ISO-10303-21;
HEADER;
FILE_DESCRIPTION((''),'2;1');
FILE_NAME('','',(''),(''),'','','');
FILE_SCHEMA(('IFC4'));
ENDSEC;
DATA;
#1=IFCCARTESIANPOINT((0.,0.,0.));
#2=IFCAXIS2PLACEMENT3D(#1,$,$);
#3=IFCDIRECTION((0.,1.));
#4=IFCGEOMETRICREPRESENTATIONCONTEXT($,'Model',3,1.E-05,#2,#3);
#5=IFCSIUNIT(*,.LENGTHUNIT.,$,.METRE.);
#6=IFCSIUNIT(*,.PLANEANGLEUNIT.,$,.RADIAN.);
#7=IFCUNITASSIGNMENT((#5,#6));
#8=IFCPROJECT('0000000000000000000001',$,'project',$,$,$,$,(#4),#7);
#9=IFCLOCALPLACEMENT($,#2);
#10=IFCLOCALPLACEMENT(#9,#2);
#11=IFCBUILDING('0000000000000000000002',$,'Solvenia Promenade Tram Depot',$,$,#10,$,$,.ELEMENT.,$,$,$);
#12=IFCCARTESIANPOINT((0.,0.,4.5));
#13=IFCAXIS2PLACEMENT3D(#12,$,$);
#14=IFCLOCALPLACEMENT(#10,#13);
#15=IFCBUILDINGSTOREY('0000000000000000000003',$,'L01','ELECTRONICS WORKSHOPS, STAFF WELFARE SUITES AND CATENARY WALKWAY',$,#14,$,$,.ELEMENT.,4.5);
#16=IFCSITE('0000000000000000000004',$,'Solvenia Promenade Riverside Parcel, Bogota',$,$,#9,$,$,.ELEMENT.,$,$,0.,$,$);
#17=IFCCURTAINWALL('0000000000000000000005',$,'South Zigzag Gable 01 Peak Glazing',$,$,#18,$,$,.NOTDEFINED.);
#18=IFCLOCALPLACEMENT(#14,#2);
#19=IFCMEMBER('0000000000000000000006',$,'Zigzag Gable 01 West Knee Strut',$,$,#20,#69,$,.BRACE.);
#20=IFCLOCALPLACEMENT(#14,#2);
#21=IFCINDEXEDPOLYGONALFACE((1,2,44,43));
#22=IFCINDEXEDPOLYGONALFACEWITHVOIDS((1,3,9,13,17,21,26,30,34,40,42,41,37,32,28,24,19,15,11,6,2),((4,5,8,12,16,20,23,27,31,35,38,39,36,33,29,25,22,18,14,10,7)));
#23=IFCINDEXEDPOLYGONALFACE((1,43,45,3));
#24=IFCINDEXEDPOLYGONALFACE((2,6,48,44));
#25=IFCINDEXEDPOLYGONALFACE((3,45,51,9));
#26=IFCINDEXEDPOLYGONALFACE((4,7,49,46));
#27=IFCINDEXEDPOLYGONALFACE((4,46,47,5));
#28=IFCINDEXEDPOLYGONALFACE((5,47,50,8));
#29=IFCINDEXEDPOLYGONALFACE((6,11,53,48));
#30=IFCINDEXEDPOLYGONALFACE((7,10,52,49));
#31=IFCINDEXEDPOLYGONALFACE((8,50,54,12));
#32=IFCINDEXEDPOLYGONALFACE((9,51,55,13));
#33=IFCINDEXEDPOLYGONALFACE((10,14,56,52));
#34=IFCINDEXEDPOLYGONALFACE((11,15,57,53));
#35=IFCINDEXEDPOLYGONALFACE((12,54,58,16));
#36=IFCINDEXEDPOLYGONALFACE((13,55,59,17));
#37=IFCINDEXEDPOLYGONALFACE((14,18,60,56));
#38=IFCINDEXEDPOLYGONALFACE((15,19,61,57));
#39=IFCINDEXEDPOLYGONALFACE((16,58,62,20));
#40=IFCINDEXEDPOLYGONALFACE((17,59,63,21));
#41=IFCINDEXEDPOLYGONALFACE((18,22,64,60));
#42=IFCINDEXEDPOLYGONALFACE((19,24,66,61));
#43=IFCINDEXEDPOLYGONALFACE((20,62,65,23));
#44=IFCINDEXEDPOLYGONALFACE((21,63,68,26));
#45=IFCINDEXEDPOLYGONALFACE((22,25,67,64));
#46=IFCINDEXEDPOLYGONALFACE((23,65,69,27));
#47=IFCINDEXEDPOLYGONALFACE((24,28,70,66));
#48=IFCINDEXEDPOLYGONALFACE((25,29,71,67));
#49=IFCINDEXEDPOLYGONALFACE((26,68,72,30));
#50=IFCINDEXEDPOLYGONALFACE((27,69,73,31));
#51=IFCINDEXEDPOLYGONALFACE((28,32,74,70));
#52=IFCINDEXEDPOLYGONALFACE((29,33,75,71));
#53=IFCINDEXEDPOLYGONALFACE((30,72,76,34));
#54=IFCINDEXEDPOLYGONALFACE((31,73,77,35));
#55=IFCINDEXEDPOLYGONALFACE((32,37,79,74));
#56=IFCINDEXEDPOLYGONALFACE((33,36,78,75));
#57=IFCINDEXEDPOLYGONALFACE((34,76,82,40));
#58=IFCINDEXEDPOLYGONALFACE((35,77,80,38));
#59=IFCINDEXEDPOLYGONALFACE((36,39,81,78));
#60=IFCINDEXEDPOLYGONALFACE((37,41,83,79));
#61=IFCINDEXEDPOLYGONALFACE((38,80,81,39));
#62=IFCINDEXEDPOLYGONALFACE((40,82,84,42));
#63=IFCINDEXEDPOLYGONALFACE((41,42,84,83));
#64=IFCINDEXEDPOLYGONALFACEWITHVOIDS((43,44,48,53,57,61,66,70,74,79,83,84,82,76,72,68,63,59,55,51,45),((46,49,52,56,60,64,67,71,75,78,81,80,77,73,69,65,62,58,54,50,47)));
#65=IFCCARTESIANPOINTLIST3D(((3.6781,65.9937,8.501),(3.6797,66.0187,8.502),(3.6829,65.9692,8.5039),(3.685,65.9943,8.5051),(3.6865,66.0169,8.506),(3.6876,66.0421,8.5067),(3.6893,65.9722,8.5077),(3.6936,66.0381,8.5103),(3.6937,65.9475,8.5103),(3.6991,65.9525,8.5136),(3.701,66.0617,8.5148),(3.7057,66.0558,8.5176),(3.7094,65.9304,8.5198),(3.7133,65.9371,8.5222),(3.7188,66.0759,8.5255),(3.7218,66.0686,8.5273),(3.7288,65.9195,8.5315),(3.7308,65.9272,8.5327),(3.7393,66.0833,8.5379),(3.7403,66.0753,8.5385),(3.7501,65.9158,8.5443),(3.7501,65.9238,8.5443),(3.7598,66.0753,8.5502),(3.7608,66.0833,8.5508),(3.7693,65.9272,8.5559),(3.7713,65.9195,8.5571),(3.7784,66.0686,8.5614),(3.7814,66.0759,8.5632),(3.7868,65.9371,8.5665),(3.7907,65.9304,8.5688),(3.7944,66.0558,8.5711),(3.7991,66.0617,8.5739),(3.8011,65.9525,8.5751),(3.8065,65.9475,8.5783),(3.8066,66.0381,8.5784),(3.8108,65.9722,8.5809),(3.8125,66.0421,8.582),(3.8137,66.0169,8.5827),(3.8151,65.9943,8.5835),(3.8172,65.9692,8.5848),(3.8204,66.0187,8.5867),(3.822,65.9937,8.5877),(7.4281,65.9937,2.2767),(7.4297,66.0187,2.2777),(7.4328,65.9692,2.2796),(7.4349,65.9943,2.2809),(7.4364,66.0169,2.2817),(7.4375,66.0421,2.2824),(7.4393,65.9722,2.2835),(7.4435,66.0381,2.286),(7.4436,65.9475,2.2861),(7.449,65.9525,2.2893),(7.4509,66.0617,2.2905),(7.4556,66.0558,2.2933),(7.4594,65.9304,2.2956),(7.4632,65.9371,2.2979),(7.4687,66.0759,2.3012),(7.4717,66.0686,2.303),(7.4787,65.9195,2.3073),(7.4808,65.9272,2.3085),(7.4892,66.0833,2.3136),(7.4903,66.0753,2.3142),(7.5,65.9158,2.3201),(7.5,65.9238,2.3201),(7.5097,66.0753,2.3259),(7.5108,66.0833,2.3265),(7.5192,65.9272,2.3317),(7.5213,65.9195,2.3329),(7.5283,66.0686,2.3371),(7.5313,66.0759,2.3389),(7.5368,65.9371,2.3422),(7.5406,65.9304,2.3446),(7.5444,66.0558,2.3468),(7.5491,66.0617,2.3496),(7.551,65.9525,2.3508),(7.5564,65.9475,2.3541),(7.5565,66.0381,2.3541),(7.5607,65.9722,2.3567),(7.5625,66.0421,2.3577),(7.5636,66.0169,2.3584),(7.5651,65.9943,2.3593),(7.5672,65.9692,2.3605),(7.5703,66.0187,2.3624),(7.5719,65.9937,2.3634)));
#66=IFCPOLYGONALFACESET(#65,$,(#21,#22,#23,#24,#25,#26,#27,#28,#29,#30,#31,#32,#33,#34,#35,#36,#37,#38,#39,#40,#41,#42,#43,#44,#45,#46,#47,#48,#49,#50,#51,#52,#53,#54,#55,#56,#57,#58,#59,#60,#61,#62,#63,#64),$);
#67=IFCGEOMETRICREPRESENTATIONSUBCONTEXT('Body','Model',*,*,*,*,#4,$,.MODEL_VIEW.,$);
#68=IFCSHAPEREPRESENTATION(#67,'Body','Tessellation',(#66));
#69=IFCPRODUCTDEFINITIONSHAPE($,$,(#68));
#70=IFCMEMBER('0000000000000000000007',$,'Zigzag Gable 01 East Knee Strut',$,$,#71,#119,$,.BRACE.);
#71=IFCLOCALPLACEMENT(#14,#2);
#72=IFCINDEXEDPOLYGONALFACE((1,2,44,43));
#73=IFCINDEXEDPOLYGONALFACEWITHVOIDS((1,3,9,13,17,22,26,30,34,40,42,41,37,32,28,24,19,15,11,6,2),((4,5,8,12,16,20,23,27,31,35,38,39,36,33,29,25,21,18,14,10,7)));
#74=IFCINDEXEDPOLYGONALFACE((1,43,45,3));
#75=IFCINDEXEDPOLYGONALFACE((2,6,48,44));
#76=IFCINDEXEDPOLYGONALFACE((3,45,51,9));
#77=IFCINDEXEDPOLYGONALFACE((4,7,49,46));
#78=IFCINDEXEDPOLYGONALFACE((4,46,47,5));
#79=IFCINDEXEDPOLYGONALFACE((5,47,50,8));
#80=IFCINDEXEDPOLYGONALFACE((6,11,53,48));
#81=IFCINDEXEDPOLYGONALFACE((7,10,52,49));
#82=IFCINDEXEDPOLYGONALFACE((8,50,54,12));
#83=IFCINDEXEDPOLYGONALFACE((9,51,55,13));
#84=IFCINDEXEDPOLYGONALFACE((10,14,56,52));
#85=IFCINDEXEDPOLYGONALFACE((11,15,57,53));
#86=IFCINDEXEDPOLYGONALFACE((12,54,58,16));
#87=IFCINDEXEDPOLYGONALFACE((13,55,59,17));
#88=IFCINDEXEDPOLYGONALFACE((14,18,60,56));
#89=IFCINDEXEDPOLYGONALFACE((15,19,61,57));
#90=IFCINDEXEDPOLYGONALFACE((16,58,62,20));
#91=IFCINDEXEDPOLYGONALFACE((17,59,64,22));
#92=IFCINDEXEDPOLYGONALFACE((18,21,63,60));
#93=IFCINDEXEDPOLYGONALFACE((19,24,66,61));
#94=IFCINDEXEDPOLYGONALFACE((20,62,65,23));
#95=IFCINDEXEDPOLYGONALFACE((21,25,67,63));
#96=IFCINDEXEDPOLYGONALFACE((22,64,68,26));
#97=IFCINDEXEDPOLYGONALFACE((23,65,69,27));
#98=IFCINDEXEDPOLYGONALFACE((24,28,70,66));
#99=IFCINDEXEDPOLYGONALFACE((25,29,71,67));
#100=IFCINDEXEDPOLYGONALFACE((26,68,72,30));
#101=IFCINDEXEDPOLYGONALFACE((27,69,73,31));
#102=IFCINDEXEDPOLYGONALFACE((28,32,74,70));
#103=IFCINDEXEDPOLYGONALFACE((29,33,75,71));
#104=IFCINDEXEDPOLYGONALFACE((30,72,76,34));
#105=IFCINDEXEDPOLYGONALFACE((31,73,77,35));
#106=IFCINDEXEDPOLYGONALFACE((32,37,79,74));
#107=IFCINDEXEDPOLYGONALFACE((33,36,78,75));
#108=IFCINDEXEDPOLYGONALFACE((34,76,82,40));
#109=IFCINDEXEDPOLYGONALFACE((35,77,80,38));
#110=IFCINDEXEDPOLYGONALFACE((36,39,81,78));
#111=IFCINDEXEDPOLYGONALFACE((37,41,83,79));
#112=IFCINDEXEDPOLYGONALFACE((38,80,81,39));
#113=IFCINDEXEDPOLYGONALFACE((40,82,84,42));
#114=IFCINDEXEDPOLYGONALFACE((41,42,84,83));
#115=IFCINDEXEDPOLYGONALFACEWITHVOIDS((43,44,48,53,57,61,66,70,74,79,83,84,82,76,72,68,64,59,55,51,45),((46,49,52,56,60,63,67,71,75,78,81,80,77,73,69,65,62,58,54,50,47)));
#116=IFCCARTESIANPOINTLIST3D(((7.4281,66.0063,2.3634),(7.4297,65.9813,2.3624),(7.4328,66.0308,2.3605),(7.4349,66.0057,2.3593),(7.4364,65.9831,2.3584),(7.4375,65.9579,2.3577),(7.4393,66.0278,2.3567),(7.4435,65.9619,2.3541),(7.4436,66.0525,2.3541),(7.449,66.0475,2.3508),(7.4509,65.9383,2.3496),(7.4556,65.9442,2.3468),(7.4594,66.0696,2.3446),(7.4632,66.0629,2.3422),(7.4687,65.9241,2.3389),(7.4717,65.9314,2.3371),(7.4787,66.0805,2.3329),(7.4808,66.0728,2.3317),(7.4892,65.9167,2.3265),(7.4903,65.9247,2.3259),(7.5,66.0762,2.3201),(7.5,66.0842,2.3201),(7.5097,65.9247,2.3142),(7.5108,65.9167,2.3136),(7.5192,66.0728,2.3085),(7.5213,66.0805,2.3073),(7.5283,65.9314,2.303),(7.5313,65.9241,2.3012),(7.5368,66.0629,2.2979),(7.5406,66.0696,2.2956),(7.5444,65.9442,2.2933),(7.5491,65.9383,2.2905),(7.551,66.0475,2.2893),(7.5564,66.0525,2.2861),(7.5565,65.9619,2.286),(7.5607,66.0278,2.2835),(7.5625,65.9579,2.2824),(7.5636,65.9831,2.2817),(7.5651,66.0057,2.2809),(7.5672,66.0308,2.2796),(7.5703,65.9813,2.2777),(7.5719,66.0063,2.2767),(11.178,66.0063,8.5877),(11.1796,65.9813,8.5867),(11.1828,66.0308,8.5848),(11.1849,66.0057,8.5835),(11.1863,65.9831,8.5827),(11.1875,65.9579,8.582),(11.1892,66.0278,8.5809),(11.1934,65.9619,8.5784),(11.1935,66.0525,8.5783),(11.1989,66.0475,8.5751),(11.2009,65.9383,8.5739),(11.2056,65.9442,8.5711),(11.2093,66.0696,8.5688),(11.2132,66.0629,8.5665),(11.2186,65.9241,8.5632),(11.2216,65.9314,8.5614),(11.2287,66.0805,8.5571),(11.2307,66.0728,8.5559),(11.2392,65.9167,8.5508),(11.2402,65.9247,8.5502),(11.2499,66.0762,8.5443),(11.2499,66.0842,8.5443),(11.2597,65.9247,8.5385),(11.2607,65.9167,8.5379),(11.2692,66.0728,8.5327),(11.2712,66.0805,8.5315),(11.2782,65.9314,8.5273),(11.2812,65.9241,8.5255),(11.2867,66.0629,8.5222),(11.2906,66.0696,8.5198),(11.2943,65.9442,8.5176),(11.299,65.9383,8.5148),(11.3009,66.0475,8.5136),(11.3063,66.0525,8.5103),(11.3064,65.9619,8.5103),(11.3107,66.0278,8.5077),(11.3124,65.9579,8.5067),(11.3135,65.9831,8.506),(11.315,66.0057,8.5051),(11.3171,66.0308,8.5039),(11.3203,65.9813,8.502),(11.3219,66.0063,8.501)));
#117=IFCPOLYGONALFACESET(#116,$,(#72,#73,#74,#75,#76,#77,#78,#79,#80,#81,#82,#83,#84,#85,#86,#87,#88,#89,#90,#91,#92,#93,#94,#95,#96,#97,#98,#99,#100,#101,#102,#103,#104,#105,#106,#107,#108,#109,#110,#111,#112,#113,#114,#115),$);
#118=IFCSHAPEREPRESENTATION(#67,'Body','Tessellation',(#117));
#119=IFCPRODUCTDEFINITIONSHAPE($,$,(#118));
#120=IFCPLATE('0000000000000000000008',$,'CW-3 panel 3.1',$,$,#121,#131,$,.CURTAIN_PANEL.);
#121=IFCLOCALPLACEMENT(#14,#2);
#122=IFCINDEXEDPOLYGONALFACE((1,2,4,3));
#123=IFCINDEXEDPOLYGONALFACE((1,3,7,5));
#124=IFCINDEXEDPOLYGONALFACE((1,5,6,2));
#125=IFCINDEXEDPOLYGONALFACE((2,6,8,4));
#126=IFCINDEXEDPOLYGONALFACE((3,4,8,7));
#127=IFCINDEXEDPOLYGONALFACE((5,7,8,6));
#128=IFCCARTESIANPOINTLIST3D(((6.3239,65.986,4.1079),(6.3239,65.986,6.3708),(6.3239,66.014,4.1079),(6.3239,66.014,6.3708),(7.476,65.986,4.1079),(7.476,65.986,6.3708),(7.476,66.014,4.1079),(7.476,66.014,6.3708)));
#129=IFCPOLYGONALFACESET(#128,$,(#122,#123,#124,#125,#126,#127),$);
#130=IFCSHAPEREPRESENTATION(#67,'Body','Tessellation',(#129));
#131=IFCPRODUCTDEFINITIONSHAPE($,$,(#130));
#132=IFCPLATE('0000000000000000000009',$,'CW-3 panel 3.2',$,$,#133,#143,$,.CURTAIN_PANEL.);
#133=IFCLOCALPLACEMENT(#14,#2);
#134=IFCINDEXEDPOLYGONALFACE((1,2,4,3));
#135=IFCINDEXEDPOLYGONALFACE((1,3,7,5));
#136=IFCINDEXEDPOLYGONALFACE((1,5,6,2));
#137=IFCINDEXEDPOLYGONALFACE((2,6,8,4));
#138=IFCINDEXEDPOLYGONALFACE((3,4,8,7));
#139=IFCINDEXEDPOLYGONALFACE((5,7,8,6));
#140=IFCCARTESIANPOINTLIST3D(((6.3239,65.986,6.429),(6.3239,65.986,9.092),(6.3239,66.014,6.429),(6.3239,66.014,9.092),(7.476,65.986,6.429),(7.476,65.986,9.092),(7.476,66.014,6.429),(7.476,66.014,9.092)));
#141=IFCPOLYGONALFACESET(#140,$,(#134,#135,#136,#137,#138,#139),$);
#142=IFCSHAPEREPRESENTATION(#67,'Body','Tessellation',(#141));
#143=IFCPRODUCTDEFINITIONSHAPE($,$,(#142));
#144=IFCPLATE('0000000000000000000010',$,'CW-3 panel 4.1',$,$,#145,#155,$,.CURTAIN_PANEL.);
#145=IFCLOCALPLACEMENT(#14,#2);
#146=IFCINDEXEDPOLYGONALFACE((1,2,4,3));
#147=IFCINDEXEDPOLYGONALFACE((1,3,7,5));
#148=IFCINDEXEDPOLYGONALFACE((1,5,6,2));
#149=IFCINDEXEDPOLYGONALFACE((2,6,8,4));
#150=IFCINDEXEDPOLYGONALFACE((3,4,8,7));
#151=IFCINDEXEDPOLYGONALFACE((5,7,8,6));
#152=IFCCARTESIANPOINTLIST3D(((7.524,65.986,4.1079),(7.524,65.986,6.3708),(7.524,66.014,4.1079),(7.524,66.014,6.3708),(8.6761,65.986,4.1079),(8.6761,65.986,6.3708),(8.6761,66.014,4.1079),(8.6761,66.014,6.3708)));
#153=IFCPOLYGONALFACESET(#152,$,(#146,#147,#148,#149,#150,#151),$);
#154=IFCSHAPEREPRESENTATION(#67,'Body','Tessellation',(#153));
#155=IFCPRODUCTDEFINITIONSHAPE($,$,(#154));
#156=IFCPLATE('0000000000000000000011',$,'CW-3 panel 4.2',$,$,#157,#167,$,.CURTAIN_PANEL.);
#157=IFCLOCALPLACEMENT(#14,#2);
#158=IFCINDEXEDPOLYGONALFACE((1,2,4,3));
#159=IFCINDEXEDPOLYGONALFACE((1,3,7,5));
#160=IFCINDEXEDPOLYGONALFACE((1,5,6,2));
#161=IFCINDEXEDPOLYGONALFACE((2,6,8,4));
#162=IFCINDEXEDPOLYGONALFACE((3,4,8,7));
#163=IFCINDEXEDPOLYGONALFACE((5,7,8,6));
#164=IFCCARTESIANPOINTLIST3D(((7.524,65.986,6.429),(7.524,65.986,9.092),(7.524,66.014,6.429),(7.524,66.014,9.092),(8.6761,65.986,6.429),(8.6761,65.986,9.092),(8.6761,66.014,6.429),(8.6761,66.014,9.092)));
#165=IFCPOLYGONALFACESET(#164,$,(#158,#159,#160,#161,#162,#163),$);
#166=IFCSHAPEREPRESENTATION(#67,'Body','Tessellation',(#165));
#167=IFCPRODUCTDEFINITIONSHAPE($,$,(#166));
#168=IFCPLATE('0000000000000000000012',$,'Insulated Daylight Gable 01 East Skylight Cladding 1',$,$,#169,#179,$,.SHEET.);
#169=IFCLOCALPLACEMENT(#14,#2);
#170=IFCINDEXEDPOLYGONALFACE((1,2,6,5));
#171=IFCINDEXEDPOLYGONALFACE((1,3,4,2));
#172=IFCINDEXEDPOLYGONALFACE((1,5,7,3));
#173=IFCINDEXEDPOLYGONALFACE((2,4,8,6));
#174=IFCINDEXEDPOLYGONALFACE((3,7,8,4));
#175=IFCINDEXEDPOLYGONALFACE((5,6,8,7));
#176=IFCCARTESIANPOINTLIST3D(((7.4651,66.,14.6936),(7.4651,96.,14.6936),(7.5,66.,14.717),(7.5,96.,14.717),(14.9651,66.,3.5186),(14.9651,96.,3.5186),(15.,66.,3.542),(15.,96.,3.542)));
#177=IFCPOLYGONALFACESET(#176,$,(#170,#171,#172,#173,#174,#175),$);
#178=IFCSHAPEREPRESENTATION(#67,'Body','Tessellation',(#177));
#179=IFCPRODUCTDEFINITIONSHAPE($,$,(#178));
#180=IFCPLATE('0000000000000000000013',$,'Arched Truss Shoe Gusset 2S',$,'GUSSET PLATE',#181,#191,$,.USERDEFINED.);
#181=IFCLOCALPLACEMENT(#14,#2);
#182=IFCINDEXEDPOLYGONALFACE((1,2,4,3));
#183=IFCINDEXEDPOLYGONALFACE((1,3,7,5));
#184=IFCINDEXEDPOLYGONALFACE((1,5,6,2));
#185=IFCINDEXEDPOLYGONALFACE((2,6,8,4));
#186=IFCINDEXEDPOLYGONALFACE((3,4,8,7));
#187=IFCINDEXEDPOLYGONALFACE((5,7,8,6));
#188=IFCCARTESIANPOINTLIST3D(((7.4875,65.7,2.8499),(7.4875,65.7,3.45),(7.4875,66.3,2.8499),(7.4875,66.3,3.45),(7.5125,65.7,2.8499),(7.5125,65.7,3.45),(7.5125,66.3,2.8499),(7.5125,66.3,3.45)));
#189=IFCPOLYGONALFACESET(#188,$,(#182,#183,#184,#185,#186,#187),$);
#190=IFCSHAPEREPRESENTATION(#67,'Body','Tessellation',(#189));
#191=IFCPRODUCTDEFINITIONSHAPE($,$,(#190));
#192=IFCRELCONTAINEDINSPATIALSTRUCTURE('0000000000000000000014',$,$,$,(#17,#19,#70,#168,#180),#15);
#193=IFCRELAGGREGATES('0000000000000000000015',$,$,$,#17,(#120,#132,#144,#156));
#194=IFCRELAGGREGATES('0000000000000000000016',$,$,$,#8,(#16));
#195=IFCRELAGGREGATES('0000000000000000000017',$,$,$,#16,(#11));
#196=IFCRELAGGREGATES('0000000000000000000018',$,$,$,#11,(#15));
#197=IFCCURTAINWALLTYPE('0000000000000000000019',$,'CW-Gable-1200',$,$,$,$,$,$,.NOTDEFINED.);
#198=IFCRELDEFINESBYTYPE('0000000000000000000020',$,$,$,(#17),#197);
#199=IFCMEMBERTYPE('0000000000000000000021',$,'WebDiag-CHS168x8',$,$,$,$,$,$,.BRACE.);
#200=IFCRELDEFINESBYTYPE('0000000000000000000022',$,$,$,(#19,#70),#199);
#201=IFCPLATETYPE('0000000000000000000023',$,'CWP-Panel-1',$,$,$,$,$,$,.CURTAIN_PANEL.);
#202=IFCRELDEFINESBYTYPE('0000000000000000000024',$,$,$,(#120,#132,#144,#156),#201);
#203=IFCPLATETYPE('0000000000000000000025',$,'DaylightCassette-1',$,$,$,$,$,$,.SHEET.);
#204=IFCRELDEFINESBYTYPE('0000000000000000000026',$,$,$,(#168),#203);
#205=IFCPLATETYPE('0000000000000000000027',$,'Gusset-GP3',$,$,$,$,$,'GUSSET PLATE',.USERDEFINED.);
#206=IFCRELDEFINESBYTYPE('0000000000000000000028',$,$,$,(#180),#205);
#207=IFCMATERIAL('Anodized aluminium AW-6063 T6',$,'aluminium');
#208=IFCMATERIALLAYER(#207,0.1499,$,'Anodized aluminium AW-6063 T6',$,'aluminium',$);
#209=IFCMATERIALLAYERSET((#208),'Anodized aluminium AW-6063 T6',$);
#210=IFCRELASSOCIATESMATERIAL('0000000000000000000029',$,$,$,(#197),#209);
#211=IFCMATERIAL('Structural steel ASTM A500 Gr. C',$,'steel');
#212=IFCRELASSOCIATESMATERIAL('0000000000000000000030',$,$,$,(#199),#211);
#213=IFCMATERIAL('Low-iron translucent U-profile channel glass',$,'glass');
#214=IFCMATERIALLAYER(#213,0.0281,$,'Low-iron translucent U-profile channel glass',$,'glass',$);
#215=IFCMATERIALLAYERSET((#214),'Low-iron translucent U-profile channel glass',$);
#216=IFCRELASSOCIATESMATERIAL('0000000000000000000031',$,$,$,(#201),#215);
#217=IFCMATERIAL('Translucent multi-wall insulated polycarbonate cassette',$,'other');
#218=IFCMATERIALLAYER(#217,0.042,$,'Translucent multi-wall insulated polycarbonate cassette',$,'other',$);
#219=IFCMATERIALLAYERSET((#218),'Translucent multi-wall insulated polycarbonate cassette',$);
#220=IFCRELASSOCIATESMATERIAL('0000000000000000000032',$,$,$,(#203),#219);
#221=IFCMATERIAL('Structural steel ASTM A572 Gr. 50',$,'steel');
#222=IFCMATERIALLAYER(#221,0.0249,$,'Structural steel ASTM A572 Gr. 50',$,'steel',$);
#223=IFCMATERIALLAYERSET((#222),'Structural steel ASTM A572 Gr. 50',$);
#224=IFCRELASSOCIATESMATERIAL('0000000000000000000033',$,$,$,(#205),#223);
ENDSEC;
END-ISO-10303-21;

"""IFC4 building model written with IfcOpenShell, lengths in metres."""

from ifc_helpers import new_model, si_unit, direction, frame, origin, origin_2d, place, context, subcontext, project, spatial, polyline, rectangle, hollow_circle, outline, extrude, material, layer, layer_set, material_profile, profile_set, type_object, element, aggregate, save


model = new_model("IFC4")

# Units and contexts
model_context = context("Model", 3, precision=1e-05, world=origin(), true_north=direction((0.0, 1.0)))
body_context = subcontext(model_context, "Body", "Model", "MODEL_VIEW")
ifc_project = project(units=[si_unit("LENGTHUNIT", "METRE"), si_unit("PLANEANGLEUNIT", "RADIAN")], contexts=[model_context])

# Site, building, storey
site_placement = place(None, origin())
site = spatial("IfcSite", under=ifc_project, at=site_placement, Name="Solvenia Promenade Riverside Parcel, Bogota", CompositionType="ELEMENT", RefElevation=0.0)
building_placement = place(site_placement, origin())
building = spatial("IfcBuilding", under=site, at=building_placement, Name="Solvenia Promenade Tram Depot", CompositionType="ELEMENT")
storey_placement = place(building_placement, frame((0.0, 0.0, 4.5)))
storey = spatial("IfcBuildingStorey", under=building, at=storey_placement, Name="L01", Description="ELECTRONICS WORKSHOPS, STAFF WELFARE SUITES AND CATENARY WALKWAY", CompositionType="ELEMENT", Elevation=4.5)

# Shared definitions
ifc_material_1 = material(Name="Structural steel ASTM A500 Gr. C", Category="steel")

# Curtain wall
ifc_material_2 = material(Name="Anodized aluminium AW-6063 T6", Category="aluminium")
ifc_layer_1 = layer(ifc_material_2, 0.1499, Name="Anodized aluminium AW-6063 T6", Category="aluminium")
ifc_layer_set_1 = layer_set([ifc_layer_1], Name="Anodized aluminium AW-6063 T6")
curtain_wall_type = type_object("IfcCurtainWallType", Name="CW-Gable-1200", PredefinedType="NOTDEFINED", material=ifc_layer_set_1)
curtain_wall_placement = place(storey_placement, origin())
curtain_wall = element("IfcCurtainWall", 1, at=curtain_wall_placement, inside=storey, type_object=curtain_wall_type, Name="South Zigzag Gable 01 Peak Glazing", PredefinedType="NOTDEFINED")

# Members
ifc_material_profile_1 = material_profile(ifc_material_1, hollow_circle(Radius=0.0842, WallThickness=0.0081, at=origin_2d()), Name="CHS168.3x8", Category="steel")
ifc_profile_set_1 = profile_set([ifc_material_profile_1], Name="Structural steel ASTM A500 Gr. C")
member_type_1 = type_object("IfcMemberType", Name="WebDiag-CHS168x8", PredefinedType="BRACE", material=ifc_profile_set_1)
for number, where, z_axis, x_axis, name in (
    (2, (7.5, 66.0, 2.3201), (-0.516051, 0.0, 0.856558), (0.0, -1.0, 0.0), "Zigzag Gable 01 West Knee Strut"),
    (3, (7.5, 66.0, 2.3201), (0.516051, 0.0, 0.856558), (0.0, 1.0, 0.0), "Zigzag Gable 01 East Knee Strut"),
):
    element("IfcMember", number, at=place(storey_placement, frame(where, z_axis=z_axis, x_axis=x_axis)), inside=storey, type_object=member_type_1, Name=name, PredefinedType="BRACE", context=body_context, shape_type="SweptSolid", body=[
        extrude(hollow_circle(Radius=0.0842, WallThickness=0.0081, at=origin_2d()), origin(), (0.0, 0.0, 1.0), 7.2666),
    ])

# Plates
ifc_material_3 = material(Name="Low-iron translucent U-profile channel glass", Category="glass")
ifc_layer_2 = layer(ifc_material_3, 0.0281, Name="Low-iron translucent U-profile channel glass", Category="glass")
ifc_layer_set_2 = layer_set([ifc_layer_2], Name="Low-iron translucent U-profile channel glass")
plate_type_1 = type_object("IfcPlateType", Name="CWP-Panel-1", PredefinedType="CURTAIN_PANEL", material=ifc_layer_set_2)
plate_1_placement = place(storey_placement, frame((6.8999, 66.0, 4.1079), z_axis=(0.0, 0.0, 1.0), x_axis=(1.0, 0.0, 0.0)))
plate_1 = element("IfcPlate", 4, at=plate_1_placement, type_object=plate_type_1, Name="CW-3 panel 3.1", PredefinedType="CURTAIN_PANEL", context=body_context, shape_type="SweptSolid", body=[
    extrude(rectangle(XDim=1.1521, YDim=0.0281, at=origin_2d()), origin(), (0.0, 0.0, 1.0), 2.2629),
])
plate_2_placement = place(storey_placement, frame((6.8999, 66.0, 6.429), z_axis=(0.0, 0.0, 1.0), x_axis=(1.0, 0.0, 0.0)))
plate_2 = element("IfcPlate", 5, at=plate_2_placement, type_object=plate_type_1, Name="CW-3 panel 3.2", PredefinedType="CURTAIN_PANEL", context=body_context, shape_type="SweptSolid", body=[
    extrude(rectangle(XDim=1.1521, YDim=0.0281, at=origin_2d()), origin(), (0.0, 0.0, 1.0), 2.6631),
])
plate_3_placement = place(storey_placement, frame((8.1001, 66.0, 4.1079), z_axis=(0.0, 0.0, 1.0), x_axis=(1.0, 0.0, 0.0)))
plate_3 = element("IfcPlate", 6, at=plate_3_placement, type_object=plate_type_1, Name="CW-3 panel 4.1", PredefinedType="CURTAIN_PANEL", context=body_context, shape_type="SweptSolid", body=[
    extrude(rectangle(XDim=1.1521, YDim=0.0281, at=origin_2d()), origin(), (0.0, 0.0, 1.0), 2.2629),
])
plate_4_placement = place(storey_placement, frame((8.1001, 66.0, 6.429), z_axis=(0.0, 0.0, 1.0), x_axis=(1.0, 0.0, 0.0)))
plate_4 = element("IfcPlate", 7, at=plate_4_placement, type_object=plate_type_1, Name="CW-3 panel 4.2", PredefinedType="CURTAIN_PANEL", context=body_context, shape_type="SweptSolid", body=[
    extrude(rectangle(XDim=1.1521, YDim=0.0281, at=origin_2d()), origin(), (0.0, 0.0, 1.0), 2.6631),
])
aggregate(curtain_wall, [plate_1, plate_2, plate_3, plate_4])

# Plates
ifc_material_4 = material(Name="Translucent multi-wall insulated polycarbonate cassette", Category="other")
ifc_layer_3 = layer(ifc_material_4, 0.042, Name="Translucent multi-wall insulated polycarbonate cassette", Category="other")
ifc_layer_set_3 = layer_set([ifc_layer_3], Name="Translucent multi-wall insulated polycarbonate cassette")
plate_type_2 = type_object("IfcPlateType", Name="DaylightCassette-1", PredefinedType="SHEET", material=ifc_layer_set_3)
plate_5_placement = place(storey_placement, frame((7.5, 66.0, 14.717), z_axis=(0.830333, 0.0, 0.557268), x_axis=(0.0, 1.0, 0.0)))
element("IfcPlate", 8, at=plate_5_placement, inside=storey, type_object=plate_type_2, Name="Insulated Daylight Gable 01 East Skylight Cladding 1", PredefinedType="SHEET", context=body_context, shape_type="SweptSolid", body=[
    extrude(outline(polyline([(0.0, 0.0), (30.0, 0.0), (30.0, -13.4585), (0.0, -13.4585), (0.0, 0.0)])), origin(), (0.0, 0.0, -1.0), 0.042),
])
ifc_material_5 = material(Name="Structural steel ASTM A572 Gr. 50", Category="steel")
ifc_layer_4 = layer(ifc_material_5, 0.0249, Name="Structural steel ASTM A572 Gr. 50", Category="steel")
ifc_layer_set_4 = layer_set([ifc_layer_4], Name="Structural steel ASTM A572 Gr. 50")
plate_type_3 = type_object("IfcPlateType", Name="Gusset-GP3", ElementType="GUSSET PLATE", PredefinedType="USERDEFINED", material=ifc_layer_set_4)
plate_6_placement = place(storey_placement, frame((7.5, 66.0, 2.8499), z_axis=(0.0, 0.0, 1.0), x_axis=(1.0, 0.0, 0.0)))
element("IfcPlate", 9, at=plate_6_placement, inside=storey, type_object=plate_type_3, Name="Arched Truss Shoe Gusset 2S", ObjectType="GUSSET PLATE", PredefinedType="USERDEFINED", context=body_context, shape_type="SweptSolid", body=[
    extrude(rectangle(XDim=0.0249, YDim=0.6001, at=origin_2d()), origin(), (0.0, 0.0, 1.0), 0.6001),
])

save(model, "model.ifc")
